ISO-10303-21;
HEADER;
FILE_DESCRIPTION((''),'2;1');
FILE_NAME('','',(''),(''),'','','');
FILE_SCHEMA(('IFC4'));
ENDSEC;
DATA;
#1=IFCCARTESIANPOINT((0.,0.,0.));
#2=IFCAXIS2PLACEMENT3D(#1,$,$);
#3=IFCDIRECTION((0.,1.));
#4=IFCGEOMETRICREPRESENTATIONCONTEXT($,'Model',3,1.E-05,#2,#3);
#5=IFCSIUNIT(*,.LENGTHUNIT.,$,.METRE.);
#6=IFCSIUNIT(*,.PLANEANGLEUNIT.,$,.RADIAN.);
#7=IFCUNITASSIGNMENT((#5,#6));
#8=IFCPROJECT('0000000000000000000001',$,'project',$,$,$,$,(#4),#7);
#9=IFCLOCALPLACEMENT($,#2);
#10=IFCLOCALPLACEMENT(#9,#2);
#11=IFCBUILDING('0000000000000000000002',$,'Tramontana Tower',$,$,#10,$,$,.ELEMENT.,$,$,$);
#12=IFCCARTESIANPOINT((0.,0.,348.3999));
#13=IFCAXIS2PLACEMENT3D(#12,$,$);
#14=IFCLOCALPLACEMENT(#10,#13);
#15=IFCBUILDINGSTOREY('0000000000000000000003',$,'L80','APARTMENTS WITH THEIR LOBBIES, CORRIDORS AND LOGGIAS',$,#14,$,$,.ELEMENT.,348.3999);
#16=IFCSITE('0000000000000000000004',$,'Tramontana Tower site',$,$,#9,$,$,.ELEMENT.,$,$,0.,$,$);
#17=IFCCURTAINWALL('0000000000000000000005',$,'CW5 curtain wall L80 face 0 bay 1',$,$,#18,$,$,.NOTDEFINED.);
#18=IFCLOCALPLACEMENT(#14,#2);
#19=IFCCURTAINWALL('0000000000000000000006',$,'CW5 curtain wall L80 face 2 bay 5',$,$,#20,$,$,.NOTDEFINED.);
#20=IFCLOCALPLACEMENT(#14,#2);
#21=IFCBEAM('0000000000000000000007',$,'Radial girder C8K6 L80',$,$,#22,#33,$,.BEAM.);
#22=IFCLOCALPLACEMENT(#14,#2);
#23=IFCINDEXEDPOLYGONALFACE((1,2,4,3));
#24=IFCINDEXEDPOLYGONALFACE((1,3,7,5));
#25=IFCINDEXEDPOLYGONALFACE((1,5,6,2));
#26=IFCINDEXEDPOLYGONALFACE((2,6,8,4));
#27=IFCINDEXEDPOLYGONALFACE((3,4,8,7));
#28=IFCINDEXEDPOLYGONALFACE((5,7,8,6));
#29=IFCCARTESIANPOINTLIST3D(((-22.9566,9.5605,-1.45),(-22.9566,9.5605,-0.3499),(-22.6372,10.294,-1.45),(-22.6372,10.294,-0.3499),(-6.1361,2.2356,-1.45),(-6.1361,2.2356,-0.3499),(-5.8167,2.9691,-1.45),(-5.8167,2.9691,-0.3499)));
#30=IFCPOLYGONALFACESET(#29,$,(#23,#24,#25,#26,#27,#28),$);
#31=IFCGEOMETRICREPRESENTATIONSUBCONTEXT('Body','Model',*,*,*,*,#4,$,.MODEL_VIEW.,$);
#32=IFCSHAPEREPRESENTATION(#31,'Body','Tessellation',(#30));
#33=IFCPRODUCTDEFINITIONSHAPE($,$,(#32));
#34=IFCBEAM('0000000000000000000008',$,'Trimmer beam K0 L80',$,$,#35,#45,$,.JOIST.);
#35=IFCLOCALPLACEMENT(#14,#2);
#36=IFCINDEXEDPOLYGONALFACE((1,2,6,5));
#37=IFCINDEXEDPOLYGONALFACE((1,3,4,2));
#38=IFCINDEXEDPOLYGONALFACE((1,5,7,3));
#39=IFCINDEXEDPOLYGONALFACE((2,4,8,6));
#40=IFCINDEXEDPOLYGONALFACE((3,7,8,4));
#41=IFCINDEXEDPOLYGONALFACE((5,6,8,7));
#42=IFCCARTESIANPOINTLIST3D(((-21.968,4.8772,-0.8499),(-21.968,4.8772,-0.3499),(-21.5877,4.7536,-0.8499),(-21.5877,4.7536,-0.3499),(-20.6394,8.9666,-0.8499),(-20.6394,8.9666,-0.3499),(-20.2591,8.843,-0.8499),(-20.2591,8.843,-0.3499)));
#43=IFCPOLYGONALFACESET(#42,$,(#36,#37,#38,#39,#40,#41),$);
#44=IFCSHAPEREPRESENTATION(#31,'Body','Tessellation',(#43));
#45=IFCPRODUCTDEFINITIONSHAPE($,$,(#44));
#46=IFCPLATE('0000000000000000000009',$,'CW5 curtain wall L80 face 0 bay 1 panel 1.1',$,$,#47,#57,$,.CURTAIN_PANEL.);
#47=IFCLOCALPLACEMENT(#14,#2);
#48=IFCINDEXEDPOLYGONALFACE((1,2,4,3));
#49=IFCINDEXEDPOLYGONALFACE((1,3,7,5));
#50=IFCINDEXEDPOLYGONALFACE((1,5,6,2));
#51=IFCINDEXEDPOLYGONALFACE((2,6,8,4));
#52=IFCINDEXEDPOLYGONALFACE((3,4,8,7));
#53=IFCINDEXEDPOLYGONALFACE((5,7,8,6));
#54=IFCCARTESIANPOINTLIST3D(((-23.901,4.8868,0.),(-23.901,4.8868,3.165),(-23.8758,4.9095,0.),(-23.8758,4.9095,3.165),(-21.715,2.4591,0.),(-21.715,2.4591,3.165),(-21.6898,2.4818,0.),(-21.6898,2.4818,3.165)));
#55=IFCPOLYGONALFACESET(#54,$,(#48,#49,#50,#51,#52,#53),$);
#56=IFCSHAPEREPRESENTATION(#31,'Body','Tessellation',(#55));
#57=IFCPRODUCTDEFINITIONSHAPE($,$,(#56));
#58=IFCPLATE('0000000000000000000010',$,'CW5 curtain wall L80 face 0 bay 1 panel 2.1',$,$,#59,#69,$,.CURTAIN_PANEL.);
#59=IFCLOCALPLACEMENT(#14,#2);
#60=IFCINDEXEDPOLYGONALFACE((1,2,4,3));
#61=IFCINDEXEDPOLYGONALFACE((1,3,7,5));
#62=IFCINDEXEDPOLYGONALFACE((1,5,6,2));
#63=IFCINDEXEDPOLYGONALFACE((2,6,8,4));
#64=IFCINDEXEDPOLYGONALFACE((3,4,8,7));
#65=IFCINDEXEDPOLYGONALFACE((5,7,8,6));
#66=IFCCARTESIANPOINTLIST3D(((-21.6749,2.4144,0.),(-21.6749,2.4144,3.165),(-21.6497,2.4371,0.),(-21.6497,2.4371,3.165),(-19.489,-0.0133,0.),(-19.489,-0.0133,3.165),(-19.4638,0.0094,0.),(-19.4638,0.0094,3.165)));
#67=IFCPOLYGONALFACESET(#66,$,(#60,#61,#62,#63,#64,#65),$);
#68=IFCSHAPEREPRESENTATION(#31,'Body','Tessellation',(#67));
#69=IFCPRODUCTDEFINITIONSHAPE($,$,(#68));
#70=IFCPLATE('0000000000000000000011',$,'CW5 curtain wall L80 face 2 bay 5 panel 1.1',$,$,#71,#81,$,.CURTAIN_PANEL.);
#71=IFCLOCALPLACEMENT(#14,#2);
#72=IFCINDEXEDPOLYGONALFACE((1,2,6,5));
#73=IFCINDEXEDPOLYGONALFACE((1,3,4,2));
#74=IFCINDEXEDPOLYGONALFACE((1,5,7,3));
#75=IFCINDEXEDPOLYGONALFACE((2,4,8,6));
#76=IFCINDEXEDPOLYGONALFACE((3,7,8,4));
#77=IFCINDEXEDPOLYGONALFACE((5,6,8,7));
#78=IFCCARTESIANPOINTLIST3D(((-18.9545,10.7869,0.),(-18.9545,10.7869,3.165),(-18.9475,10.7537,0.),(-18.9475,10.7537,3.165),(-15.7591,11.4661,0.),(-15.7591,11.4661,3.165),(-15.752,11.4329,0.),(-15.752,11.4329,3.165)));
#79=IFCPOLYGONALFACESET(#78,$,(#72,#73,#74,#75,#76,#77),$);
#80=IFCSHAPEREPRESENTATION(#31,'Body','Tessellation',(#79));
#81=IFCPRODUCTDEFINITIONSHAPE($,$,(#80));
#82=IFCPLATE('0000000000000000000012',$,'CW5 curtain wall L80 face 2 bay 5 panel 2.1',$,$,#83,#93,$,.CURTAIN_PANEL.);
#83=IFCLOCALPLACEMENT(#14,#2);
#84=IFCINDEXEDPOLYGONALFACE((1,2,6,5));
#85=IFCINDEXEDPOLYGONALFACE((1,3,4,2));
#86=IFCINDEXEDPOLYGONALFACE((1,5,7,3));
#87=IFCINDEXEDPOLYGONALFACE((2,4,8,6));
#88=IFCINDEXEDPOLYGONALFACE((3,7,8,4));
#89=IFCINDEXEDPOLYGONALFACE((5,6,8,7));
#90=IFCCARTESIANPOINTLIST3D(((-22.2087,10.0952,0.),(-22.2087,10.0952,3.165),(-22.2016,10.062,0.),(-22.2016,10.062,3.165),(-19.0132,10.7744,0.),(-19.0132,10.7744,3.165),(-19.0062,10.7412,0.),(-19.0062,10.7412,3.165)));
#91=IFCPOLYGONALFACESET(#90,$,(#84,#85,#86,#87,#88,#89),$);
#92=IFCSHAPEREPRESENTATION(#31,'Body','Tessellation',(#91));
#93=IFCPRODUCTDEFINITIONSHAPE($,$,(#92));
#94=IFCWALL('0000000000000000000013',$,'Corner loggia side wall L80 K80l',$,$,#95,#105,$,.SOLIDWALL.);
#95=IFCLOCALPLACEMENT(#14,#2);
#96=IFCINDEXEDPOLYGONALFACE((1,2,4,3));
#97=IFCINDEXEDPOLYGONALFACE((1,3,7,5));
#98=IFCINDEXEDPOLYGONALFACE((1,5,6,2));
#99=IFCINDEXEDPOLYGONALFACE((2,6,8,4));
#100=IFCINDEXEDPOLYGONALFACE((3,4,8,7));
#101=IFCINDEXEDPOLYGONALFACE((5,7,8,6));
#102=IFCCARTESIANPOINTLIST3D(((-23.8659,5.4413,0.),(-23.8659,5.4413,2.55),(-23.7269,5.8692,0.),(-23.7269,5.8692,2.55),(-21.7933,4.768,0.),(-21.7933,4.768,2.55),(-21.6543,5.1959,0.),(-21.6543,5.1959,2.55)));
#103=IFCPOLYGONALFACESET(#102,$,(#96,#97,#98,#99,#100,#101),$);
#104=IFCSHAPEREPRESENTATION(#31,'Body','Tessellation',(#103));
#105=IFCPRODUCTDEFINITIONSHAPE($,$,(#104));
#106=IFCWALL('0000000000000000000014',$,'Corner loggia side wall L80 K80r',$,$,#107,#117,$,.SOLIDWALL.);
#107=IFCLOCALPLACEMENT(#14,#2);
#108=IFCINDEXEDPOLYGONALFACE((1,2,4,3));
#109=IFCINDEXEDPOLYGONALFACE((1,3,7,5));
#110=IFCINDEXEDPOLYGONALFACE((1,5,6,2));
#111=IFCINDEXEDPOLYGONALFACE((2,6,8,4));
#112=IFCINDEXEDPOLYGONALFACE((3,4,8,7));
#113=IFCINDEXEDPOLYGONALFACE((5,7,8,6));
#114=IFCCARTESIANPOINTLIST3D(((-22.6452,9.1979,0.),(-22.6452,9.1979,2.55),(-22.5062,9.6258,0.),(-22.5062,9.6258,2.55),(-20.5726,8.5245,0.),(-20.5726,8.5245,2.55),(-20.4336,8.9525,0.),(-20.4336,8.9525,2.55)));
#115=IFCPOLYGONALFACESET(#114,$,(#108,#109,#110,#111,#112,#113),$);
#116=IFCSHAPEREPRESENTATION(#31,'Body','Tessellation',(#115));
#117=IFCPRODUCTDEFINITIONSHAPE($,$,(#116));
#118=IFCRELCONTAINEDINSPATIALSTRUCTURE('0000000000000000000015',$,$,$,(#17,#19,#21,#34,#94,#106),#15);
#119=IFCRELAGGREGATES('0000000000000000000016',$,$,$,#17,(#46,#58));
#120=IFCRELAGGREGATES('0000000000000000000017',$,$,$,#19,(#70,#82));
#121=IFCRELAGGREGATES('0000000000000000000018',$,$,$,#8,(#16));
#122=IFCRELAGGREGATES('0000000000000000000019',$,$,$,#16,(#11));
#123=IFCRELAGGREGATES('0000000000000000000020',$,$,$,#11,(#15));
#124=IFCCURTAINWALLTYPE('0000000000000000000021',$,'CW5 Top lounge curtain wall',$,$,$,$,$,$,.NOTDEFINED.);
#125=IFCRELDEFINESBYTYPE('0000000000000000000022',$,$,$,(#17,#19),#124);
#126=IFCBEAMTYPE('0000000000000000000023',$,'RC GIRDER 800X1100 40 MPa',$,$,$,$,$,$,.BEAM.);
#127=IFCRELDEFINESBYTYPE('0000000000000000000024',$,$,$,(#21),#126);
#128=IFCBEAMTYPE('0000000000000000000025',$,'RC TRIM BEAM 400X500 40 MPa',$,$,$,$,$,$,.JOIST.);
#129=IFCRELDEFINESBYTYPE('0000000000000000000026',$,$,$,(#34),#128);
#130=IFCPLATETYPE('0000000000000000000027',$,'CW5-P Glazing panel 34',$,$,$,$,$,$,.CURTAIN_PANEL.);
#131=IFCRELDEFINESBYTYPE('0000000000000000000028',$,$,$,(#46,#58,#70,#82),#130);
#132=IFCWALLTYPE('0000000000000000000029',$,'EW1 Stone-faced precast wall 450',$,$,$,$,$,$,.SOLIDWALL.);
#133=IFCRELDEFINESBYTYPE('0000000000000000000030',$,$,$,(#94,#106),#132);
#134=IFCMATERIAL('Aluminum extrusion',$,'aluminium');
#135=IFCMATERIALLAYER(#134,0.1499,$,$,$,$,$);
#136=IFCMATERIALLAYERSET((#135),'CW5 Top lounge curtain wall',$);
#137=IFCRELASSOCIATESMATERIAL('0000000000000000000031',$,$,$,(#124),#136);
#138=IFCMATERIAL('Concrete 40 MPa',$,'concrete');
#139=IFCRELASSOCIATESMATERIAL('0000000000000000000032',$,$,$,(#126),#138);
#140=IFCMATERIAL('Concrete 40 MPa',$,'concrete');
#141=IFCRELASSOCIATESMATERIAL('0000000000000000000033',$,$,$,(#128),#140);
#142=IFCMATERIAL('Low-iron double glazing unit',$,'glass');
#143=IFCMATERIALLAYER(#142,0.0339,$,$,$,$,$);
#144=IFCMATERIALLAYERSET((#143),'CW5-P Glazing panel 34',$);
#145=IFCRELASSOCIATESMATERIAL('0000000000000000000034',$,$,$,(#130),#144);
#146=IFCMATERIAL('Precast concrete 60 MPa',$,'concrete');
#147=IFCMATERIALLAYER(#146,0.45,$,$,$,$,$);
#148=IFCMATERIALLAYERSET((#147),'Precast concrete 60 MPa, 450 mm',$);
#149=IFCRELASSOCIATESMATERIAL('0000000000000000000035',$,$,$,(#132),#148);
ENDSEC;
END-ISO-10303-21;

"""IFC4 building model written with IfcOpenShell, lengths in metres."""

from ifc_helpers import new_model, si_unit, direction, frame, frame_2d, origin, origin_2d, place, context, subcontext, project, spatial, rectangle, extrude, material, layer, layer_set, material_profile, profile_set, type_object, element, aggregate, save


model = new_model("IFC4")

# Units and contexts
model_context = context("Model", 3, precision=1e-05, world=origin(), true_north=direction((0.0, 1.0)))
body_context = subcontext(model_context, "Body", "Model", "MODEL_VIEW")
ifc_project = project(units=[si_unit("LENGTHUNIT", "METRE"), si_unit("PLANEANGLEUNIT", "RADIAN")], contexts=[model_context])

# Site, building, storey
site_placement = place(None, origin())
site = spatial("IfcSite", under=ifc_project, at=site_placement, Name="Tramontana Tower site", CompositionType="ELEMENT", RefElevation=0.0)
building_placement = place(site_placement, origin())
building = spatial("IfcBuilding", under=site, at=building_placement, Name="Tramontana Tower", CompositionType="ELEMENT")
storey_placement = place(building_placement, frame((0.0, 0.0, 348.3999)))
storey = spatial("IfcBuildingStorey", under=building, at=storey_placement, Name="L80", Description="APARTMENTS WITH THEIR LOBBIES, CORRIDORS AND LOGGIAS", CompositionType="ELEMENT", Elevation=348.3999)

# Curtain walls
ifc_material_1 = material(Name="Aluminum extrusion", Category="aluminium")
ifc_layer_1 = layer(ifc_material_1, 0.1499)
ifc_layer_set_1 = layer_set([ifc_layer_1], Name="CW5 Top lounge curtain wall")
curtain_wall_type = type_object("IfcCurtainWallType", Name="CW5 Top lounge curtain wall", PredefinedType="NOTDEFINED", material=ifc_layer_set_1)
curtain_wall_1_placement = place(storey_placement, origin())
curtain_wall_1 = element("IfcCurtainWall", 1, at=curtain_wall_1_placement, inside=storey, type_object=curtain_wall_type, Name="CW5 curtain wall L80 face 0 bay 1", PredefinedType="NOTDEFINED")
curtain_wall_2_placement = place(storey_placement, origin())
curtain_wall_2 = element("IfcCurtainWall", 2, at=curtain_wall_2_placement, inside=storey, type_object=curtain_wall_type, Name="CW5 curtain wall L80 face 2 bay 5", PredefinedType="NOTDEFINED")

# Beams
ifc_material_2 = material(Name="Concrete 40 MPa", Category="concrete")
ifc_material_profile_1 = material_profile(ifc_material_2, rectangle(XDim=0.8, YDim=1.1001, at=origin_2d()), Name="RC GIRDER 800X1100 40 MPa")
ifc_profile_set_1 = profile_set([ifc_material_profile_1], Name="Concrete 40 MPa")
beam_type_1 = type_object("IfcBeamType", Name="RC GIRDER 800X1100 40 MPa", PredefinedType="BEAM", material=ifc_profile_set_1)
beam_1_placement = place(storey_placement, frame((-22.7969, 9.9272, -0.8999), z_axis=(0.916837, -0.399261, 0.0), x_axis=(0.399261, 0.916837, 0.0)))
element("IfcBeam", 3, at=beam_1_placement, inside=storey, type_object=beam_type_1, Name="Radial girder C8K6 L80", PredefinedType="BEAM", context=body_context, shape_type="SweptSolid", body=[
    extrude(rectangle(XDim=0.8, YDim=1.1001, at=origin_2d()), origin(), (0.0, 0.0, 1.0), 18.3462),
])
ifc_material_3 = material(Name="Concrete 40 MPa", Category="concrete")
ifc_material_profile_2 = material_profile(ifc_material_3, rectangle(XDim=0.3999, YDim=0.5, at=origin_2d()), Name="RC TRIM BEAM 400X500 40 MPa")
ifc_profile_set_2 = profile_set([ifc_material_profile_2], Name="Concrete 40 MPa")
beam_type_2 = type_object("IfcBeamType", Name="RC TRIM BEAM 400X500 40 MPa", PredefinedType="JOIST", material=ifc_profile_set_2)
beam_2_placement = place(storey_placement, frame((-20.4492, 8.9048, -0.5999), z_axis=(-0.308996, -0.951063, 0.0), x_axis=(0.951063, -0.308996, 0.0)))
element("IfcBeam", 4, at=beam_2_placement, inside=storey, type_object=beam_type_2, Name="Trimmer beam K0 L80", PredefinedType="JOIST", context=body_context, shape_type="SweptSolid", body=[
    extrude(rectangle(XDim=0.3999, YDim=0.5, at=origin_2d()), origin(), (0.0, 0.0, 1.0), 4.2998),
])

# Plates
ifc_material_4 = material(Name="Low-iron double glazing unit", Category="glass")
ifc_layer_2 = layer(ifc_material_4, 0.0339)
ifc_layer_set_2 = layer_set([ifc_layer_2], Name="CW5-P Glazing panel 34")
plate_type = type_object("IfcPlateType", Name="CW5-P Glazing panel 34", PredefinedType="CURTAIN_PANEL", material=ifc_layer_set_2)
plate_1_placement = place(storey_placement, frame((-22.7954, 3.6843, 0.0), z_axis=(0.0, 0.0, 1.0), x_axis=(0.669131, -0.743145, 0.0)))
plate_1 = element("IfcPlate", 5, at=plate_1_placement, type_object=plate_type, Name="CW5 curtain wall L80 face 0 bay 1 panel 1.1", PredefinedType="CURTAIN_PANEL", context=body_context, shape_type="SweptSolid", body=[
    extrude(rectangle(XDim=3.2668, YDim=0.0339, at=origin_2d()), origin(), (0.0, 0.0, 1.0), 3.165),
])
plate_2_placement = place(storey_placement, frame((-20.5693, 1.2119, 0.0), z_axis=(0.0, 0.0, 1.0), x_axis=(0.669131, -0.743145, 0.0)))
plate_2 = element("IfcPlate", 6, at=plate_2_placement, type_object=plate_type, Name="CW5 curtain wall L80 face 0 bay 1 panel 2.1", PredefinedType="CURTAIN_PANEL", context=body_context, shape_type="SweptSolid", body=[
    extrude(rectangle(XDim=3.2668, YDim=0.0339, at=origin_2d()), origin(), (0.0, 0.0, 1.0), 3.165),
])
aggregate(curtain_wall_1, [plate_1, plate_2])
plate_3_placement = place(storey_placement, frame((-17.3533, 11.1099, 0.0), z_axis=(0.0, 0.0, 1.0), x_axis=(-0.978148, -0.207912, 0.0)))
plate_3 = element("IfcPlate", 7, at=plate_3_placement, type_object=plate_type, Name="CW5 curtain wall L80 face 2 bay 5 panel 1.1", PredefinedType="CURTAIN_PANEL", context=body_context, shape_type="SweptSolid", body=[
    extrude(rectangle(XDim=3.2668, YDim=0.0339, at=origin_2d()), origin(), (0.0, 0.0, 1.0), 3.165),
])
plate_4_placement = place(storey_placement, frame((-20.6074, 10.4182, 0.0), z_axis=(0.0, 0.0, 1.0), x_axis=(-0.978148, -0.207912, 0.0)))
plate_4 = element("IfcPlate", 8, at=plate_4_placement, type_object=plate_type, Name="CW5 curtain wall L80 face 2 bay 5 panel 2.1", PredefinedType="CURTAIN_PANEL", context=body_context, shape_type="SweptSolid", body=[
    extrude(rectangle(XDim=3.2668, YDim=0.0339, at=origin_2d()), origin(), (0.0, 0.0, 1.0), 3.165),
])
aggregate(curtain_wall_2, [plate_3, plate_4])

# Walls
ifc_material_5 = material(Name="Precast concrete 60 MPa", Category="concrete")
ifc_layer_3 = layer(ifc_material_5, 0.45)
ifc_layer_set_3 = layer_set([ifc_layer_3], Name="Precast concrete 60 MPa, 450 mm")
wall_type_1 = type_object("IfcWallType", Name="EW1 Stone-faced precast wall 450", PredefinedType="SOLIDWALL", material=ifc_layer_set_3)
for number, where, z_axis, x_axis, name in (
    (9, (-23.7964, 5.6553, 0.0), (0.0, 0.0, 1.0), (0.951065, -0.308992, 0.0), "Corner loggia side wall L80 K80l"),
    (10, (-22.5757, 9.4119, 0.0), (0.0, 0.0, 1.0), (0.951065, -0.308992, 0.0), "Corner loggia side wall L80 K80r"),
):
    element("IfcWall", number, at=place(storey_placement, frame(where, z_axis=z_axis, x_axis=x_axis)), inside=storey, type_object=wall_type_1, Name=name, PredefinedType="SOLIDWALL", context=body_context, shape_type="SweptSolid", body=[
        extrude(rectangle(XDim=2.1792, YDim=0.45, at=frame_2d((1.0896, 0.0))), origin(), (0.0, 0.0, 1.0), 2.55),
    ])

save(model, "model.ifc")
